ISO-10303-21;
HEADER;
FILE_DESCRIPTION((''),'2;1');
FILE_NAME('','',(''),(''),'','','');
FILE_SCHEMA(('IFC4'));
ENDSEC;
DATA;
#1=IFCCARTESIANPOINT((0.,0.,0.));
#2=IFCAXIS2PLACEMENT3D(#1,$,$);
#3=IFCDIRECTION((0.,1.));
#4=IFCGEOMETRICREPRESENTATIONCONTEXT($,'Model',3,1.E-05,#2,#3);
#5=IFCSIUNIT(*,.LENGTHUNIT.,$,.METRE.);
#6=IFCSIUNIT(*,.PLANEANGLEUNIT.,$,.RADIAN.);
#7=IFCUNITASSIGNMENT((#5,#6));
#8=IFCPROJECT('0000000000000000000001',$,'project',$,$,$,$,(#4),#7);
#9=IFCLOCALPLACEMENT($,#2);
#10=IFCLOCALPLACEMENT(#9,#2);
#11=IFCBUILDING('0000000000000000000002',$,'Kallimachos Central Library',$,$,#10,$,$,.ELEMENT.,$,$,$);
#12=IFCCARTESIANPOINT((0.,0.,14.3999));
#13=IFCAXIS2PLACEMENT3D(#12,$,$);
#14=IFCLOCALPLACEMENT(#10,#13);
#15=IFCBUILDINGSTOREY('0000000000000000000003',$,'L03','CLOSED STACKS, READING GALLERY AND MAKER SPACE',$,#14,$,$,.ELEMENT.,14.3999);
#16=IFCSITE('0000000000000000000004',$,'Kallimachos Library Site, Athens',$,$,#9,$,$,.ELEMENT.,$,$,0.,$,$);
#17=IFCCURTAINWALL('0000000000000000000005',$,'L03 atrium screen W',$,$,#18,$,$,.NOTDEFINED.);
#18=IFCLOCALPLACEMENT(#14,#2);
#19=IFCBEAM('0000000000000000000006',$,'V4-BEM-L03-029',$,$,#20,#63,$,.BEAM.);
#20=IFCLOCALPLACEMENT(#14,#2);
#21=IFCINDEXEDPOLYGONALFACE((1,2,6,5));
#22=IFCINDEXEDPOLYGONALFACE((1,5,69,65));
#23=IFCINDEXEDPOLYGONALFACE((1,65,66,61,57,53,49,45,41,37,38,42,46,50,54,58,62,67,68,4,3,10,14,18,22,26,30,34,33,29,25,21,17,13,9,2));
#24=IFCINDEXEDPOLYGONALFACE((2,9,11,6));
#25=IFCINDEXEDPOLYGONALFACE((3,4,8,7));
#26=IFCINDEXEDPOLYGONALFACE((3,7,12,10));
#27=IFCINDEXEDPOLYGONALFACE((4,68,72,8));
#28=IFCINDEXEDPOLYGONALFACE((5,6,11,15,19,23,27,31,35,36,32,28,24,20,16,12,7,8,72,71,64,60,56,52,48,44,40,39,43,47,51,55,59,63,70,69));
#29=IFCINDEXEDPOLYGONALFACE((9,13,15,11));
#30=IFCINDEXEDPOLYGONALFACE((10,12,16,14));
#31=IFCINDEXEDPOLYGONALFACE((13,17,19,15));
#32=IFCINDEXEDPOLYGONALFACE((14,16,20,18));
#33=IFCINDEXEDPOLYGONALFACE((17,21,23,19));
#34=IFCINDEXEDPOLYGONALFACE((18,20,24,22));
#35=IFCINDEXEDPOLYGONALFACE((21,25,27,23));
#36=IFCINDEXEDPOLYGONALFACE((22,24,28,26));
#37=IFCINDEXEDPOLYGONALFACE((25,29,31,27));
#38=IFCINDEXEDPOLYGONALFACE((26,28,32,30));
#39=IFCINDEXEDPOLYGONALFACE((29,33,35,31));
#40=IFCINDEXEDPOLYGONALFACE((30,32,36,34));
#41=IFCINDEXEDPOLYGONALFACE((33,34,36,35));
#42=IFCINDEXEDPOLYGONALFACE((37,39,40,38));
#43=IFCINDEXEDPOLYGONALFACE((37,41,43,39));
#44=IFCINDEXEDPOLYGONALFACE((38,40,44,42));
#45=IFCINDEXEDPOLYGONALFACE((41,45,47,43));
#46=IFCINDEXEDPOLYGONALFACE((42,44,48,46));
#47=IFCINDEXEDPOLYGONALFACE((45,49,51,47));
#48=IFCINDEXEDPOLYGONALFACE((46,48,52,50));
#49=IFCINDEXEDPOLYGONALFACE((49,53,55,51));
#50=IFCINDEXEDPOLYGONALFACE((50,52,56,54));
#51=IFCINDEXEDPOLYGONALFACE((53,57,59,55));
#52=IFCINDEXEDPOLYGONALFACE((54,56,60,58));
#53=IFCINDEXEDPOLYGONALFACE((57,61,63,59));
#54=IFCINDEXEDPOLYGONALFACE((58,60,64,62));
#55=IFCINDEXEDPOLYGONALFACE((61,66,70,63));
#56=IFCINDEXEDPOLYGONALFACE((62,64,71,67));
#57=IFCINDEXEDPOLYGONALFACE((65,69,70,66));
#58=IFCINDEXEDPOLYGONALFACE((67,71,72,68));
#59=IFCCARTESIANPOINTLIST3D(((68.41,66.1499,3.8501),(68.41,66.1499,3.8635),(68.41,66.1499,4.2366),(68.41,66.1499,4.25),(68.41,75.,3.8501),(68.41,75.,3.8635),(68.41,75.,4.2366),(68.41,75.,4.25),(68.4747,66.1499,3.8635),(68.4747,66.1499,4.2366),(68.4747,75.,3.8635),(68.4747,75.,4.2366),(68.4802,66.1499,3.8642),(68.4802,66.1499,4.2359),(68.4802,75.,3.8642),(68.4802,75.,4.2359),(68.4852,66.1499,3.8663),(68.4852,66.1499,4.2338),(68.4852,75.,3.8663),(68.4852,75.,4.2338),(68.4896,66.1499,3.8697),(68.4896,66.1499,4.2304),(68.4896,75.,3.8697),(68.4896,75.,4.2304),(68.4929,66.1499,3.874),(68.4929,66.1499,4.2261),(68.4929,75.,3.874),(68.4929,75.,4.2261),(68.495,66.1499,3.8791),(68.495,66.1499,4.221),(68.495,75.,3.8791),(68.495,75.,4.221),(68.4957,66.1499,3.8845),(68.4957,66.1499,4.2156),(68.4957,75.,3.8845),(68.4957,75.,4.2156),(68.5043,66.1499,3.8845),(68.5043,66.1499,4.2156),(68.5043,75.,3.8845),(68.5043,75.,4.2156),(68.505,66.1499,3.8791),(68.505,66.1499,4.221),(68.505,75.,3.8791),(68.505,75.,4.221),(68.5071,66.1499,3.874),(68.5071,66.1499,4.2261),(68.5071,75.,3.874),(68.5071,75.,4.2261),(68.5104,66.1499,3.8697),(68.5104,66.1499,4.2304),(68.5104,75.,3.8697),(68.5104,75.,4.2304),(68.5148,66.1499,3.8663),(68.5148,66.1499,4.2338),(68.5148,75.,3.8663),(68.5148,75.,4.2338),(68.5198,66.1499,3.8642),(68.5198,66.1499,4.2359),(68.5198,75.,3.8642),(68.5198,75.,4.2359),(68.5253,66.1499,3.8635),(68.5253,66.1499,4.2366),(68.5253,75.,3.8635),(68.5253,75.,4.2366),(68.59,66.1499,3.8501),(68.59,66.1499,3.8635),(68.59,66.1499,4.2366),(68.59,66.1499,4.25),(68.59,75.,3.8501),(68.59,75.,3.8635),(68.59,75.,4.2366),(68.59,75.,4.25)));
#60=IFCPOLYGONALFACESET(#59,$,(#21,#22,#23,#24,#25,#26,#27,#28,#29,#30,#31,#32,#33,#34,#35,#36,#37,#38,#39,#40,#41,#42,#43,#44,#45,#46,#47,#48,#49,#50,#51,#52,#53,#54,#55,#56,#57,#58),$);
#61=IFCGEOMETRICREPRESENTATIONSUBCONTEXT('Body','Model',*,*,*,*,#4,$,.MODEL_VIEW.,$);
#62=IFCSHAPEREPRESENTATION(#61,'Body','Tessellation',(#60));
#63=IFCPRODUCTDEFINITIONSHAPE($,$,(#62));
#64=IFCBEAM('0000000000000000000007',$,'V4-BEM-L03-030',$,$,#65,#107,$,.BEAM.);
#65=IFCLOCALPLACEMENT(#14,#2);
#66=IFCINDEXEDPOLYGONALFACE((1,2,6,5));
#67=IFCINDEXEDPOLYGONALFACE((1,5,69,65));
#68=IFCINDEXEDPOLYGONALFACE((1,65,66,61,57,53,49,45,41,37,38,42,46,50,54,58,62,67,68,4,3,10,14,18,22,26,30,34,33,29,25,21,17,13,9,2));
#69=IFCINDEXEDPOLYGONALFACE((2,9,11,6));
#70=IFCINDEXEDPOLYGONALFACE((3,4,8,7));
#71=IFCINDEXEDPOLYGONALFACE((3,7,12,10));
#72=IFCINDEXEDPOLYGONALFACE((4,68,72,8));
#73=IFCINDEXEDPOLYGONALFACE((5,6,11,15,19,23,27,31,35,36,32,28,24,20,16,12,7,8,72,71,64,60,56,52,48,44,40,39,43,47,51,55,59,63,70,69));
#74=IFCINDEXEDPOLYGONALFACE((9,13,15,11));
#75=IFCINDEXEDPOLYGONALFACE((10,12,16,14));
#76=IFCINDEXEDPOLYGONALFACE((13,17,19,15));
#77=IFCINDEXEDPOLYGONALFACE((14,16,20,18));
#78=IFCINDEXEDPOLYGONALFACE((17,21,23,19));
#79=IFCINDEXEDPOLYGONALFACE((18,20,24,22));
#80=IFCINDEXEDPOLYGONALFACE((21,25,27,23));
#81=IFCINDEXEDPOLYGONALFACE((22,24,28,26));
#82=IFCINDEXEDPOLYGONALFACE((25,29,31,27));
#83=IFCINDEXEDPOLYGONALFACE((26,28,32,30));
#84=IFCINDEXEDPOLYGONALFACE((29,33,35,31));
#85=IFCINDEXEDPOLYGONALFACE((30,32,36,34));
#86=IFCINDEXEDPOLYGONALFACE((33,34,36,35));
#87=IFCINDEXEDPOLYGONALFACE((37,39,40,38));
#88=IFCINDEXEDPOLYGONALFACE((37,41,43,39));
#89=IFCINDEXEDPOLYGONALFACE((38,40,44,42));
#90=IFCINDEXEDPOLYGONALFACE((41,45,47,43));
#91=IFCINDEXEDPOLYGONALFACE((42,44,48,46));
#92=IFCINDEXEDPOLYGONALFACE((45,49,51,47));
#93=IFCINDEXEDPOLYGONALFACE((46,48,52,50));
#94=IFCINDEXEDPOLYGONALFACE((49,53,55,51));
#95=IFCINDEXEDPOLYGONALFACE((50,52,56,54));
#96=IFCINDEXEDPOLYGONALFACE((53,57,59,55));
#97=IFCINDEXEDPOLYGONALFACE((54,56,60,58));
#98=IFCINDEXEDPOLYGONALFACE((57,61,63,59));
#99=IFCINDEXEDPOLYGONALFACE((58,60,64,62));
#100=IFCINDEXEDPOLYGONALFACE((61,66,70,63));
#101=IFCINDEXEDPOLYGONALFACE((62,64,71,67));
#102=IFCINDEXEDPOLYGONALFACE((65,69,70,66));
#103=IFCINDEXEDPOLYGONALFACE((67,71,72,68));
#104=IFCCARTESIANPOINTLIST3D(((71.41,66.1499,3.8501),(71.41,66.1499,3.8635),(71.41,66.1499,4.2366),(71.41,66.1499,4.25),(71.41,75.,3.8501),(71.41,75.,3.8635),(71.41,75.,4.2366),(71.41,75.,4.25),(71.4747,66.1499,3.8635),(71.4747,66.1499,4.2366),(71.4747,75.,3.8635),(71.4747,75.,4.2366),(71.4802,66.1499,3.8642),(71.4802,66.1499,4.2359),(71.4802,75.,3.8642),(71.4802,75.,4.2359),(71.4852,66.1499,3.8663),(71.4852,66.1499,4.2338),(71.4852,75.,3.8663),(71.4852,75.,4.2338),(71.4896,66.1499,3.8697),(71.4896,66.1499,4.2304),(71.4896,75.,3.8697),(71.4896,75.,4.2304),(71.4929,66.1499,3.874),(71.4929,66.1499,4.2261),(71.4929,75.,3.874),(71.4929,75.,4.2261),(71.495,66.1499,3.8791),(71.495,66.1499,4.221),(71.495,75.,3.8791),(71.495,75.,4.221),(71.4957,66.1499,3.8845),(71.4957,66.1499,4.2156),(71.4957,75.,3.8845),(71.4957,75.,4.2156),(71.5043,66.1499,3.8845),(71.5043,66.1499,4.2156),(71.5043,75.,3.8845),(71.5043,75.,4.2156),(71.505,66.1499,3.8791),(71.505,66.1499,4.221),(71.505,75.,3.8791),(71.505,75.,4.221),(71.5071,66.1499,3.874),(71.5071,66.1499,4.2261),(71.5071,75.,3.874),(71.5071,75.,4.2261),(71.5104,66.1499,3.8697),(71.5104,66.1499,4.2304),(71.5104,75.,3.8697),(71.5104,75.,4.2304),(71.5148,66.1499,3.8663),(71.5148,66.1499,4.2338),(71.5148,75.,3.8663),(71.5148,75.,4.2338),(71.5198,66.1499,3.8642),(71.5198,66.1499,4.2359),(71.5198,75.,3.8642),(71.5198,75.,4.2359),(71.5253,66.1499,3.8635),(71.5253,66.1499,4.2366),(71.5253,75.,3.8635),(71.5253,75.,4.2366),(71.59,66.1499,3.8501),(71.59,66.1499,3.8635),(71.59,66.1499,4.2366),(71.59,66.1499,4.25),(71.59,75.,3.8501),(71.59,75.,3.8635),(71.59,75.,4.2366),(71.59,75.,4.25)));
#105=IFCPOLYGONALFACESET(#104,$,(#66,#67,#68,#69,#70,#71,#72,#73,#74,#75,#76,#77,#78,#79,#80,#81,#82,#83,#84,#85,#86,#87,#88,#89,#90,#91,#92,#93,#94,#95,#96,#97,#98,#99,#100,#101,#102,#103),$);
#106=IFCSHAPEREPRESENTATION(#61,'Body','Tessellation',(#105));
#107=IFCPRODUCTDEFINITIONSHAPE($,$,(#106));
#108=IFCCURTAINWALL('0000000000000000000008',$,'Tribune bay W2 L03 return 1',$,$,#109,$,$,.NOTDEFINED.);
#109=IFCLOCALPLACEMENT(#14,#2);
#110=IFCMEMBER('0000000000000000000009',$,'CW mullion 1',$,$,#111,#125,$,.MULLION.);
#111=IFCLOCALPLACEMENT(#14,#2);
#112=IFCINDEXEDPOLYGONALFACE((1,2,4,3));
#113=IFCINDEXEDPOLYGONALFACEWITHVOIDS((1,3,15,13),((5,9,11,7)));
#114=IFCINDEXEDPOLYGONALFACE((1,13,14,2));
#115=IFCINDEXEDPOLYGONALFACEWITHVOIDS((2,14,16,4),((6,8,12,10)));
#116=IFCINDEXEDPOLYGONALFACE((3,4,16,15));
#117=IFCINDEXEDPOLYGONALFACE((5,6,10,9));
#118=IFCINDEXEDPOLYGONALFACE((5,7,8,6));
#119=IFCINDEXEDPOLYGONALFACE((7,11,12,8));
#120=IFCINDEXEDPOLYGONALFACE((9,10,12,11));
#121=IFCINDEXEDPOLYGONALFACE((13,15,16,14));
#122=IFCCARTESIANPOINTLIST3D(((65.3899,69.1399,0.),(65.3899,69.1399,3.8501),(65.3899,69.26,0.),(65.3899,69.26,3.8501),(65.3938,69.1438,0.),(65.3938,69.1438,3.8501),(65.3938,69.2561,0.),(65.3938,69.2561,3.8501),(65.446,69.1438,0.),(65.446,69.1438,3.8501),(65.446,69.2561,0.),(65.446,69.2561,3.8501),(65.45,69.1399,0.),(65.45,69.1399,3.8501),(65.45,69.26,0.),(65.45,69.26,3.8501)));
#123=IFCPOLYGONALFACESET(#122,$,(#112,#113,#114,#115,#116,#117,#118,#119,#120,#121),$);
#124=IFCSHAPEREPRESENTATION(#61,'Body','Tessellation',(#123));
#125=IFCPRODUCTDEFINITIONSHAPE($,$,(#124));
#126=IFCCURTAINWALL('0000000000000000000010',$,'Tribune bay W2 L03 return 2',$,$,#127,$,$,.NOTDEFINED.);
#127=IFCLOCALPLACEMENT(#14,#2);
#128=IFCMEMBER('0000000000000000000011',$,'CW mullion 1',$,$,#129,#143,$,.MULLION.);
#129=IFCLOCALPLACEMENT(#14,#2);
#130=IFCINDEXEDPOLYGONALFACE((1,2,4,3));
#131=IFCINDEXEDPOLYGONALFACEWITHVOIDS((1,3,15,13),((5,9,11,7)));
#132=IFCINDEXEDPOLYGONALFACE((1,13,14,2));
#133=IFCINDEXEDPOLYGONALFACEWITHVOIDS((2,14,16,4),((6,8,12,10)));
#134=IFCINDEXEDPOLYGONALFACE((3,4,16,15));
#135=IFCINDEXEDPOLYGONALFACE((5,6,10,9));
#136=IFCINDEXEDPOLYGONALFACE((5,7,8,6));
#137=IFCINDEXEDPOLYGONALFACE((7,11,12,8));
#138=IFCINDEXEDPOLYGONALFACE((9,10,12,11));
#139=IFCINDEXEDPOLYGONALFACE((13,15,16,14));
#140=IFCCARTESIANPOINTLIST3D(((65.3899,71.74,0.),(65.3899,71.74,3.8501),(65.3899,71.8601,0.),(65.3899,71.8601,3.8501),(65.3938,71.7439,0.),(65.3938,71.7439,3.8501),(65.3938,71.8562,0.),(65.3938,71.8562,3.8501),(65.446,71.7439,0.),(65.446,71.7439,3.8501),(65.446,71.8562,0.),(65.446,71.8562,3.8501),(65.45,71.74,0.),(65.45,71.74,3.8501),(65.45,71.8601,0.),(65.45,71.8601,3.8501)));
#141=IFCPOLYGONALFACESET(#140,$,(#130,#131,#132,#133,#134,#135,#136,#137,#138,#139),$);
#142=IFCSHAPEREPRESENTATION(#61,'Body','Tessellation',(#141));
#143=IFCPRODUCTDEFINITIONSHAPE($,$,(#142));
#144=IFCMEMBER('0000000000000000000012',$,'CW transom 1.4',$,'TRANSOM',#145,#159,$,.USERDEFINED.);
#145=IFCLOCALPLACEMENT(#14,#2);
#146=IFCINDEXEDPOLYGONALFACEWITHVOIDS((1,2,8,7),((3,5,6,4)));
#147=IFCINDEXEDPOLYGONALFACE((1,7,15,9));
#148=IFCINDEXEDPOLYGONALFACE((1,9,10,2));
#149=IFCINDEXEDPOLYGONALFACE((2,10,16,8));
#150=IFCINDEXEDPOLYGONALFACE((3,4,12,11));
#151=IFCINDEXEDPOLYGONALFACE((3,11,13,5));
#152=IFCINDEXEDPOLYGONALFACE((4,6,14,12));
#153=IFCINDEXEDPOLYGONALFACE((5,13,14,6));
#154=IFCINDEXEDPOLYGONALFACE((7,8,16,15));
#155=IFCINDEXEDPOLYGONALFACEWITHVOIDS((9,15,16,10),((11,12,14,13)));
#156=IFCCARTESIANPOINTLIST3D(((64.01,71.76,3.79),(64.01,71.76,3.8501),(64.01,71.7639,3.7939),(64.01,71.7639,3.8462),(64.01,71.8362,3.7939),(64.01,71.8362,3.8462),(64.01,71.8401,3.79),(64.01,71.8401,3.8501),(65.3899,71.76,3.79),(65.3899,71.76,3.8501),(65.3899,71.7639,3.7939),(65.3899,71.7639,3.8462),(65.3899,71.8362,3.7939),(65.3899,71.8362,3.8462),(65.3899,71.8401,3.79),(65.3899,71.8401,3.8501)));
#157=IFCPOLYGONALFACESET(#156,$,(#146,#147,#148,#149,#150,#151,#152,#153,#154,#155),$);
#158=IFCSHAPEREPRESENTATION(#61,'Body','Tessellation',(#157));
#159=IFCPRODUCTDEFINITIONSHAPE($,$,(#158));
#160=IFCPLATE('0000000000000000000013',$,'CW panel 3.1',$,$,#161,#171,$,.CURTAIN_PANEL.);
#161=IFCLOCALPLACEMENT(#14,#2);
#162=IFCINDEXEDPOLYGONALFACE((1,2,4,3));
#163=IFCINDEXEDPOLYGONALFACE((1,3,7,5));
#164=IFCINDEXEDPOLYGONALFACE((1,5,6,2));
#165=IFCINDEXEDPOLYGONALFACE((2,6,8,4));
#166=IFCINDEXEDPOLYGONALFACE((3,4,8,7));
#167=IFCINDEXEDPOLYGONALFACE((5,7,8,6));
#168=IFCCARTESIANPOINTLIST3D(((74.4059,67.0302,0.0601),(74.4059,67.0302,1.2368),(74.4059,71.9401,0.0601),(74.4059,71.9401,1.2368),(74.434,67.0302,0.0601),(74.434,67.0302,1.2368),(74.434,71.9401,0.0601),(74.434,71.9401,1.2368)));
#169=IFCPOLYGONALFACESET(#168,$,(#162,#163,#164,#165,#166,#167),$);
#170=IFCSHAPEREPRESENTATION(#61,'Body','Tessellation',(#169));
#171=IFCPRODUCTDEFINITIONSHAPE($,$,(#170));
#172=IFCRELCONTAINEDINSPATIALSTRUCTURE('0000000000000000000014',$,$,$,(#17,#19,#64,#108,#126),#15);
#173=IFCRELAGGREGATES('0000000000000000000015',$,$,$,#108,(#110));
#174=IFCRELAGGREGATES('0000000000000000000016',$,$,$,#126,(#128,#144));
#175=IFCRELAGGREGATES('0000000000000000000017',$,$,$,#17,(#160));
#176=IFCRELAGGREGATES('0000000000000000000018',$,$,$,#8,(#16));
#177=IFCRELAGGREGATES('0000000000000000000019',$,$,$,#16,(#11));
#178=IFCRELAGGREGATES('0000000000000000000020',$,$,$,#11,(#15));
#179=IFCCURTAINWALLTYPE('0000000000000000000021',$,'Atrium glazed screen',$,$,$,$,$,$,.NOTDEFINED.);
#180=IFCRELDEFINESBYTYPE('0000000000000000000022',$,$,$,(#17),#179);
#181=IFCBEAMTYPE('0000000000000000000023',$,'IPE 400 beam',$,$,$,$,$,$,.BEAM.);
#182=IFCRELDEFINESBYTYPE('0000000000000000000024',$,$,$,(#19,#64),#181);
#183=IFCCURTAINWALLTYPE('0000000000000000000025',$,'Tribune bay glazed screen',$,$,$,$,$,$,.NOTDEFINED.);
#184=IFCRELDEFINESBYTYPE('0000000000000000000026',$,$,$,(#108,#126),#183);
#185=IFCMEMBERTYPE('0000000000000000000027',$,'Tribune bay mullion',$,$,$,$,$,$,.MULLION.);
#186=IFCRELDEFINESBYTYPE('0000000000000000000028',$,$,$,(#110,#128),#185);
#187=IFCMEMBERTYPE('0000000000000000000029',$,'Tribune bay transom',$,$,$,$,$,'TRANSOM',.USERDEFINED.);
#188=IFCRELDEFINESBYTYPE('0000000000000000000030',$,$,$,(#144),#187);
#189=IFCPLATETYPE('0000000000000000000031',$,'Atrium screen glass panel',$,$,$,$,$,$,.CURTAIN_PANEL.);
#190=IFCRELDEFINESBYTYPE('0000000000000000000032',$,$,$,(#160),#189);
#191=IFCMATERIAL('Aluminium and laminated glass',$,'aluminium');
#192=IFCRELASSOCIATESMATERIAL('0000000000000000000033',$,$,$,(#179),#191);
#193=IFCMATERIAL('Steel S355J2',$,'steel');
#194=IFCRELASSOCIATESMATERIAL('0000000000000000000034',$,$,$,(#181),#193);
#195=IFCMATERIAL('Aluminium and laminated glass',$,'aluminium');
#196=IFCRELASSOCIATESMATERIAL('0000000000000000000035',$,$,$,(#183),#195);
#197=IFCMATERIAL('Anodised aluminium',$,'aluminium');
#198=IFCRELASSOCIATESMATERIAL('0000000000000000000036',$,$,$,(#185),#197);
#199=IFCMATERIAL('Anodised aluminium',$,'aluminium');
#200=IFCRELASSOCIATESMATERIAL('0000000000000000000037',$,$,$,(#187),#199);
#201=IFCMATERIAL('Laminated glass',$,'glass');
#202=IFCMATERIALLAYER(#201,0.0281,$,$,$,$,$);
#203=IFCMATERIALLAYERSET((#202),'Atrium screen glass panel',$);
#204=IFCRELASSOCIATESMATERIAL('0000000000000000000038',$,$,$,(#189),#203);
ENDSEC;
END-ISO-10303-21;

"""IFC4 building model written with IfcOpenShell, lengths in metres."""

from ifc_helpers import new_model, si_unit, direction, frame, origin, origin_2d, place, context, subcontext, project, spatial, rectangle, hollow_rectangle, i_section, extrude, material, layer, layer_set, material_profile, profile_set, type_object, element, aggregate, save


model = new_model("IFC4")

# Units and contexts
model_context = context("Model", 3, precision=1e-05, world=origin(), true_north=direction((0.0, 1.0)))
body_context = subcontext(model_context, "Body", "Model", "MODEL_VIEW")
ifc_project = project(units=[si_unit("LENGTHUNIT", "METRE"), si_unit("PLANEANGLEUNIT", "RADIAN")], contexts=[model_context])

# Site, building, storey
site_placement = place(None, origin())
site = spatial("IfcSite", under=ifc_project, at=site_placement, Name="Kallimachos Library Site, Athens", CompositionType="ELEMENT", RefElevation=0.0)
building_placement = place(site_placement, origin())
building = spatial("IfcBuilding", under=site, at=building_placement, Name="Kallimachos Central Library", CompositionType="ELEMENT")
storey_placement = place(building_placement, frame((0.0, 0.0, 14.3999)))
storey = spatial("IfcBuildingStorey", under=building, at=storey_placement, Name="L03", Description="CLOSED STACKS, READING GALLERY AND MAKER SPACE", CompositionType="ELEMENT", Elevation=14.3999)

# Curtain wall
ifc_material_1 = material(Name="Aluminium and laminated glass", Category="aluminium")
curtain_wall_type_1 = type_object("IfcCurtainWallType", Name="Atrium glazed screen", PredefinedType="NOTDEFINED", material=ifc_material_1)
curtain_wall_1_placement = place(storey_placement, origin())
curtain_wall_1 = element("IfcCurtainWall", 1, at=curtain_wall_1_placement, inside=storey, type_object=curtain_wall_type_1, Name="L03 atrium screen W", PredefinedType="NOTDEFINED")

# Beams
ifc_material_2 = material(Name="Steel S355J2", Category="steel")
ifc_material_profile_1 = material_profile(ifc_material_2, i_section(OverallWidth=0.1799, OverallDepth=0.3999, WebThickness=0.0085, FlangeThickness=0.0134, FilletRadius=0.021, at=origin_2d()), Name="IPE 400")
ifc_profile_set_1 = profile_set([ifc_material_profile_1], Name="Steel S355J2")
beam_type = type_object("IfcBeamType", Name="IPE 400 beam", PredefinedType="BEAM", material=ifc_profile_set_1)
for number, where, z_axis, x_axis, name in (
    (2, (68.5, 66.1499, 4.05), (0.0, 1.0, 0.0), (-1.0, 0.0, 0.0), "V4-BEM-L03-029"),
    (3, (71.5, 66.1499, 4.05), (0.0, 1.0, 0.0), (-1.0, 0.0, 0.0), "V4-BEM-L03-030"),
):
    element("IfcBeam", number, at=place(storey_placement, frame(where, z_axis=z_axis, x_axis=x_axis)), inside=storey, type_object=beam_type, Name=name, PredefinedType="BEAM", context=body_context, shape_type="SweptSolid", body=[
        extrude(i_section(OverallWidth=0.1799, OverallDepth=0.3999, WebThickness=0.0085, FlangeThickness=0.0134, FilletRadius=0.021, at=origin_2d()), origin(), (0.0, 0.0, 1.0), 8.8501),
    ])

# Curtain wall, member
ifc_material_3 = material(Name="Aluminium and laminated glass", Category="aluminium")
curtain_wall_type_2 = type_object("IfcCurtainWallType", Name="Tribune bay glazed screen", PredefinedType="NOTDEFINED", material=ifc_material_3)
curtain_wall_2_placement = place(storey_placement, origin())
curtain_wall_2 = element("IfcCurtainWall", 4, at=curtain_wall_2_placement, inside=storey, type_object=curtain_wall_type_2, Name="Tribune bay W2 L03 return 1", PredefinedType="NOTDEFINED")
ifc_material_4 = material(Name="Anodised aluminium", Category="aluminium")
ifc_material_profile_2 = material_profile(ifc_material_4, hollow_rectangle(XDim=0.0601, YDim=0.1201, WallThickness=0.0039, at=origin_2d()), Name="ALU MULLION 60x120")
ifc_profile_set_2 = profile_set([ifc_material_profile_2], Name="Anodised aluminium")
member_type_1 = type_object("IfcMemberType", Name="Tribune bay mullion", PredefinedType="MULLION", material=ifc_profile_set_2)
member_1_placement = place(storey_placement, frame((65.4199, 69.2, 0.0), z_axis=(0.0, 0.0, 1.0), x_axis=(-1.0, 0.0, 0.0)))
member_1 = element("IfcMember", 5, at=member_1_placement, type_object=member_type_1, Name="CW mullion 1", PredefinedType="MULLION", context=body_context, shape_type="SweptSolid", body=[
    extrude(hollow_rectangle(XDim=0.0601, YDim=0.1201, WallThickness=0.0039, at=origin_2d()), origin(), (0.0, 0.0, 1.0), 3.8501),
])
aggregate(curtain_wall_2, [member_1])

# Curtain wall, members
curtain_wall_3_placement = place(storey_placement, origin())
curtain_wall_3 = element("IfcCurtainWall", 6, at=curtain_wall_3_placement, inside=storey, type_object=curtain_wall_type_2, Name="Tribune bay W2 L03 return 2", PredefinedType="NOTDEFINED")
member_2_placement = place(storey_placement, frame((65.4199, 71.8, 0.0), z_axis=(0.0, 0.0, 1.0), x_axis=(-1.0, 0.0, 0.0)))
member_2 = element("IfcMember", 7, at=member_2_placement, type_object=member_type_1, Name="CW mullion 1", PredefinedType="MULLION", context=body_context, shape_type="SweptSolid", body=[
    extrude(hollow_rectangle(XDim=0.0601, YDim=0.1201, WallThickness=0.0039, at=origin_2d()), origin(), (0.0, 0.0, 1.0), 3.8501),
])
ifc_material_5 = material(Name="Anodised aluminium", Category="aluminium")
ifc_material_profile_3 = material_profile(ifc_material_5, hollow_rectangle(XDim=0.0601, YDim=0.0801, WallThickness=0.0039, at=origin_2d()), Name="ALU TRANSOM 60x80")
ifc_profile_set_3 = profile_set([ifc_material_profile_3], Name="Anodised aluminium")
member_type_2 = type_object("IfcMemberType", Name="Tribune bay transom", ElementType="TRANSOM", PredefinedType="USERDEFINED", material=ifc_profile_set_3)
member_3_placement = place(storey_placement, frame((65.3899, 71.8, 3.8201), z_axis=(-1.0, 0.0, 0.0), x_axis=(0.0, 0.0, 1.0)))
member_3 = element("IfcMember", 8, at=member_3_placement, type_object=member_type_2, Name="CW transom 1.4", ObjectType="TRANSOM", PredefinedType="USERDEFINED", context=body_context, shape_type="SweptSolid", body=[
    extrude(hollow_rectangle(XDim=0.0601, YDim=0.0801, WallThickness=0.0039, at=origin_2d()), origin(), (0.0, 0.0, 1.0), 1.3799),
])
aggregate(curtain_wall_3, [member_2, member_3])

# Plate
ifc_material_6 = material(Name="Laminated glass", Category="glass")
ifc_layer_1 = layer(ifc_material_6, 0.0281)
ifc_layer_set_1 = layer_set([ifc_layer_1], Name="Atrium screen glass panel")
plate_type = type_object("IfcPlateType", Name="Atrium screen glass panel", PredefinedType="CURTAIN_PANEL", material=ifc_layer_set_1)
plate_placement = place(storey_placement, frame((74.4199, 69.4851, 0.0601), z_axis=(0.0, 0.0, 1.0), x_axis=(0.0, 1.0, 0.0)))
plate = element("IfcPlate", 9, at=plate_placement, type_object=plate_type, Name="CW panel 3.1", PredefinedType="CURTAIN_PANEL", context=body_context, shape_type="SweptSolid", body=[
    extrude(rectangle(XDim=4.9099, YDim=0.0281, at=origin_2d()), origin(), (0.0, 0.0, 1.0), 1.1768),
])
aggregate(curtain_wall_1, [plate])

save(model, "model.ifc")
